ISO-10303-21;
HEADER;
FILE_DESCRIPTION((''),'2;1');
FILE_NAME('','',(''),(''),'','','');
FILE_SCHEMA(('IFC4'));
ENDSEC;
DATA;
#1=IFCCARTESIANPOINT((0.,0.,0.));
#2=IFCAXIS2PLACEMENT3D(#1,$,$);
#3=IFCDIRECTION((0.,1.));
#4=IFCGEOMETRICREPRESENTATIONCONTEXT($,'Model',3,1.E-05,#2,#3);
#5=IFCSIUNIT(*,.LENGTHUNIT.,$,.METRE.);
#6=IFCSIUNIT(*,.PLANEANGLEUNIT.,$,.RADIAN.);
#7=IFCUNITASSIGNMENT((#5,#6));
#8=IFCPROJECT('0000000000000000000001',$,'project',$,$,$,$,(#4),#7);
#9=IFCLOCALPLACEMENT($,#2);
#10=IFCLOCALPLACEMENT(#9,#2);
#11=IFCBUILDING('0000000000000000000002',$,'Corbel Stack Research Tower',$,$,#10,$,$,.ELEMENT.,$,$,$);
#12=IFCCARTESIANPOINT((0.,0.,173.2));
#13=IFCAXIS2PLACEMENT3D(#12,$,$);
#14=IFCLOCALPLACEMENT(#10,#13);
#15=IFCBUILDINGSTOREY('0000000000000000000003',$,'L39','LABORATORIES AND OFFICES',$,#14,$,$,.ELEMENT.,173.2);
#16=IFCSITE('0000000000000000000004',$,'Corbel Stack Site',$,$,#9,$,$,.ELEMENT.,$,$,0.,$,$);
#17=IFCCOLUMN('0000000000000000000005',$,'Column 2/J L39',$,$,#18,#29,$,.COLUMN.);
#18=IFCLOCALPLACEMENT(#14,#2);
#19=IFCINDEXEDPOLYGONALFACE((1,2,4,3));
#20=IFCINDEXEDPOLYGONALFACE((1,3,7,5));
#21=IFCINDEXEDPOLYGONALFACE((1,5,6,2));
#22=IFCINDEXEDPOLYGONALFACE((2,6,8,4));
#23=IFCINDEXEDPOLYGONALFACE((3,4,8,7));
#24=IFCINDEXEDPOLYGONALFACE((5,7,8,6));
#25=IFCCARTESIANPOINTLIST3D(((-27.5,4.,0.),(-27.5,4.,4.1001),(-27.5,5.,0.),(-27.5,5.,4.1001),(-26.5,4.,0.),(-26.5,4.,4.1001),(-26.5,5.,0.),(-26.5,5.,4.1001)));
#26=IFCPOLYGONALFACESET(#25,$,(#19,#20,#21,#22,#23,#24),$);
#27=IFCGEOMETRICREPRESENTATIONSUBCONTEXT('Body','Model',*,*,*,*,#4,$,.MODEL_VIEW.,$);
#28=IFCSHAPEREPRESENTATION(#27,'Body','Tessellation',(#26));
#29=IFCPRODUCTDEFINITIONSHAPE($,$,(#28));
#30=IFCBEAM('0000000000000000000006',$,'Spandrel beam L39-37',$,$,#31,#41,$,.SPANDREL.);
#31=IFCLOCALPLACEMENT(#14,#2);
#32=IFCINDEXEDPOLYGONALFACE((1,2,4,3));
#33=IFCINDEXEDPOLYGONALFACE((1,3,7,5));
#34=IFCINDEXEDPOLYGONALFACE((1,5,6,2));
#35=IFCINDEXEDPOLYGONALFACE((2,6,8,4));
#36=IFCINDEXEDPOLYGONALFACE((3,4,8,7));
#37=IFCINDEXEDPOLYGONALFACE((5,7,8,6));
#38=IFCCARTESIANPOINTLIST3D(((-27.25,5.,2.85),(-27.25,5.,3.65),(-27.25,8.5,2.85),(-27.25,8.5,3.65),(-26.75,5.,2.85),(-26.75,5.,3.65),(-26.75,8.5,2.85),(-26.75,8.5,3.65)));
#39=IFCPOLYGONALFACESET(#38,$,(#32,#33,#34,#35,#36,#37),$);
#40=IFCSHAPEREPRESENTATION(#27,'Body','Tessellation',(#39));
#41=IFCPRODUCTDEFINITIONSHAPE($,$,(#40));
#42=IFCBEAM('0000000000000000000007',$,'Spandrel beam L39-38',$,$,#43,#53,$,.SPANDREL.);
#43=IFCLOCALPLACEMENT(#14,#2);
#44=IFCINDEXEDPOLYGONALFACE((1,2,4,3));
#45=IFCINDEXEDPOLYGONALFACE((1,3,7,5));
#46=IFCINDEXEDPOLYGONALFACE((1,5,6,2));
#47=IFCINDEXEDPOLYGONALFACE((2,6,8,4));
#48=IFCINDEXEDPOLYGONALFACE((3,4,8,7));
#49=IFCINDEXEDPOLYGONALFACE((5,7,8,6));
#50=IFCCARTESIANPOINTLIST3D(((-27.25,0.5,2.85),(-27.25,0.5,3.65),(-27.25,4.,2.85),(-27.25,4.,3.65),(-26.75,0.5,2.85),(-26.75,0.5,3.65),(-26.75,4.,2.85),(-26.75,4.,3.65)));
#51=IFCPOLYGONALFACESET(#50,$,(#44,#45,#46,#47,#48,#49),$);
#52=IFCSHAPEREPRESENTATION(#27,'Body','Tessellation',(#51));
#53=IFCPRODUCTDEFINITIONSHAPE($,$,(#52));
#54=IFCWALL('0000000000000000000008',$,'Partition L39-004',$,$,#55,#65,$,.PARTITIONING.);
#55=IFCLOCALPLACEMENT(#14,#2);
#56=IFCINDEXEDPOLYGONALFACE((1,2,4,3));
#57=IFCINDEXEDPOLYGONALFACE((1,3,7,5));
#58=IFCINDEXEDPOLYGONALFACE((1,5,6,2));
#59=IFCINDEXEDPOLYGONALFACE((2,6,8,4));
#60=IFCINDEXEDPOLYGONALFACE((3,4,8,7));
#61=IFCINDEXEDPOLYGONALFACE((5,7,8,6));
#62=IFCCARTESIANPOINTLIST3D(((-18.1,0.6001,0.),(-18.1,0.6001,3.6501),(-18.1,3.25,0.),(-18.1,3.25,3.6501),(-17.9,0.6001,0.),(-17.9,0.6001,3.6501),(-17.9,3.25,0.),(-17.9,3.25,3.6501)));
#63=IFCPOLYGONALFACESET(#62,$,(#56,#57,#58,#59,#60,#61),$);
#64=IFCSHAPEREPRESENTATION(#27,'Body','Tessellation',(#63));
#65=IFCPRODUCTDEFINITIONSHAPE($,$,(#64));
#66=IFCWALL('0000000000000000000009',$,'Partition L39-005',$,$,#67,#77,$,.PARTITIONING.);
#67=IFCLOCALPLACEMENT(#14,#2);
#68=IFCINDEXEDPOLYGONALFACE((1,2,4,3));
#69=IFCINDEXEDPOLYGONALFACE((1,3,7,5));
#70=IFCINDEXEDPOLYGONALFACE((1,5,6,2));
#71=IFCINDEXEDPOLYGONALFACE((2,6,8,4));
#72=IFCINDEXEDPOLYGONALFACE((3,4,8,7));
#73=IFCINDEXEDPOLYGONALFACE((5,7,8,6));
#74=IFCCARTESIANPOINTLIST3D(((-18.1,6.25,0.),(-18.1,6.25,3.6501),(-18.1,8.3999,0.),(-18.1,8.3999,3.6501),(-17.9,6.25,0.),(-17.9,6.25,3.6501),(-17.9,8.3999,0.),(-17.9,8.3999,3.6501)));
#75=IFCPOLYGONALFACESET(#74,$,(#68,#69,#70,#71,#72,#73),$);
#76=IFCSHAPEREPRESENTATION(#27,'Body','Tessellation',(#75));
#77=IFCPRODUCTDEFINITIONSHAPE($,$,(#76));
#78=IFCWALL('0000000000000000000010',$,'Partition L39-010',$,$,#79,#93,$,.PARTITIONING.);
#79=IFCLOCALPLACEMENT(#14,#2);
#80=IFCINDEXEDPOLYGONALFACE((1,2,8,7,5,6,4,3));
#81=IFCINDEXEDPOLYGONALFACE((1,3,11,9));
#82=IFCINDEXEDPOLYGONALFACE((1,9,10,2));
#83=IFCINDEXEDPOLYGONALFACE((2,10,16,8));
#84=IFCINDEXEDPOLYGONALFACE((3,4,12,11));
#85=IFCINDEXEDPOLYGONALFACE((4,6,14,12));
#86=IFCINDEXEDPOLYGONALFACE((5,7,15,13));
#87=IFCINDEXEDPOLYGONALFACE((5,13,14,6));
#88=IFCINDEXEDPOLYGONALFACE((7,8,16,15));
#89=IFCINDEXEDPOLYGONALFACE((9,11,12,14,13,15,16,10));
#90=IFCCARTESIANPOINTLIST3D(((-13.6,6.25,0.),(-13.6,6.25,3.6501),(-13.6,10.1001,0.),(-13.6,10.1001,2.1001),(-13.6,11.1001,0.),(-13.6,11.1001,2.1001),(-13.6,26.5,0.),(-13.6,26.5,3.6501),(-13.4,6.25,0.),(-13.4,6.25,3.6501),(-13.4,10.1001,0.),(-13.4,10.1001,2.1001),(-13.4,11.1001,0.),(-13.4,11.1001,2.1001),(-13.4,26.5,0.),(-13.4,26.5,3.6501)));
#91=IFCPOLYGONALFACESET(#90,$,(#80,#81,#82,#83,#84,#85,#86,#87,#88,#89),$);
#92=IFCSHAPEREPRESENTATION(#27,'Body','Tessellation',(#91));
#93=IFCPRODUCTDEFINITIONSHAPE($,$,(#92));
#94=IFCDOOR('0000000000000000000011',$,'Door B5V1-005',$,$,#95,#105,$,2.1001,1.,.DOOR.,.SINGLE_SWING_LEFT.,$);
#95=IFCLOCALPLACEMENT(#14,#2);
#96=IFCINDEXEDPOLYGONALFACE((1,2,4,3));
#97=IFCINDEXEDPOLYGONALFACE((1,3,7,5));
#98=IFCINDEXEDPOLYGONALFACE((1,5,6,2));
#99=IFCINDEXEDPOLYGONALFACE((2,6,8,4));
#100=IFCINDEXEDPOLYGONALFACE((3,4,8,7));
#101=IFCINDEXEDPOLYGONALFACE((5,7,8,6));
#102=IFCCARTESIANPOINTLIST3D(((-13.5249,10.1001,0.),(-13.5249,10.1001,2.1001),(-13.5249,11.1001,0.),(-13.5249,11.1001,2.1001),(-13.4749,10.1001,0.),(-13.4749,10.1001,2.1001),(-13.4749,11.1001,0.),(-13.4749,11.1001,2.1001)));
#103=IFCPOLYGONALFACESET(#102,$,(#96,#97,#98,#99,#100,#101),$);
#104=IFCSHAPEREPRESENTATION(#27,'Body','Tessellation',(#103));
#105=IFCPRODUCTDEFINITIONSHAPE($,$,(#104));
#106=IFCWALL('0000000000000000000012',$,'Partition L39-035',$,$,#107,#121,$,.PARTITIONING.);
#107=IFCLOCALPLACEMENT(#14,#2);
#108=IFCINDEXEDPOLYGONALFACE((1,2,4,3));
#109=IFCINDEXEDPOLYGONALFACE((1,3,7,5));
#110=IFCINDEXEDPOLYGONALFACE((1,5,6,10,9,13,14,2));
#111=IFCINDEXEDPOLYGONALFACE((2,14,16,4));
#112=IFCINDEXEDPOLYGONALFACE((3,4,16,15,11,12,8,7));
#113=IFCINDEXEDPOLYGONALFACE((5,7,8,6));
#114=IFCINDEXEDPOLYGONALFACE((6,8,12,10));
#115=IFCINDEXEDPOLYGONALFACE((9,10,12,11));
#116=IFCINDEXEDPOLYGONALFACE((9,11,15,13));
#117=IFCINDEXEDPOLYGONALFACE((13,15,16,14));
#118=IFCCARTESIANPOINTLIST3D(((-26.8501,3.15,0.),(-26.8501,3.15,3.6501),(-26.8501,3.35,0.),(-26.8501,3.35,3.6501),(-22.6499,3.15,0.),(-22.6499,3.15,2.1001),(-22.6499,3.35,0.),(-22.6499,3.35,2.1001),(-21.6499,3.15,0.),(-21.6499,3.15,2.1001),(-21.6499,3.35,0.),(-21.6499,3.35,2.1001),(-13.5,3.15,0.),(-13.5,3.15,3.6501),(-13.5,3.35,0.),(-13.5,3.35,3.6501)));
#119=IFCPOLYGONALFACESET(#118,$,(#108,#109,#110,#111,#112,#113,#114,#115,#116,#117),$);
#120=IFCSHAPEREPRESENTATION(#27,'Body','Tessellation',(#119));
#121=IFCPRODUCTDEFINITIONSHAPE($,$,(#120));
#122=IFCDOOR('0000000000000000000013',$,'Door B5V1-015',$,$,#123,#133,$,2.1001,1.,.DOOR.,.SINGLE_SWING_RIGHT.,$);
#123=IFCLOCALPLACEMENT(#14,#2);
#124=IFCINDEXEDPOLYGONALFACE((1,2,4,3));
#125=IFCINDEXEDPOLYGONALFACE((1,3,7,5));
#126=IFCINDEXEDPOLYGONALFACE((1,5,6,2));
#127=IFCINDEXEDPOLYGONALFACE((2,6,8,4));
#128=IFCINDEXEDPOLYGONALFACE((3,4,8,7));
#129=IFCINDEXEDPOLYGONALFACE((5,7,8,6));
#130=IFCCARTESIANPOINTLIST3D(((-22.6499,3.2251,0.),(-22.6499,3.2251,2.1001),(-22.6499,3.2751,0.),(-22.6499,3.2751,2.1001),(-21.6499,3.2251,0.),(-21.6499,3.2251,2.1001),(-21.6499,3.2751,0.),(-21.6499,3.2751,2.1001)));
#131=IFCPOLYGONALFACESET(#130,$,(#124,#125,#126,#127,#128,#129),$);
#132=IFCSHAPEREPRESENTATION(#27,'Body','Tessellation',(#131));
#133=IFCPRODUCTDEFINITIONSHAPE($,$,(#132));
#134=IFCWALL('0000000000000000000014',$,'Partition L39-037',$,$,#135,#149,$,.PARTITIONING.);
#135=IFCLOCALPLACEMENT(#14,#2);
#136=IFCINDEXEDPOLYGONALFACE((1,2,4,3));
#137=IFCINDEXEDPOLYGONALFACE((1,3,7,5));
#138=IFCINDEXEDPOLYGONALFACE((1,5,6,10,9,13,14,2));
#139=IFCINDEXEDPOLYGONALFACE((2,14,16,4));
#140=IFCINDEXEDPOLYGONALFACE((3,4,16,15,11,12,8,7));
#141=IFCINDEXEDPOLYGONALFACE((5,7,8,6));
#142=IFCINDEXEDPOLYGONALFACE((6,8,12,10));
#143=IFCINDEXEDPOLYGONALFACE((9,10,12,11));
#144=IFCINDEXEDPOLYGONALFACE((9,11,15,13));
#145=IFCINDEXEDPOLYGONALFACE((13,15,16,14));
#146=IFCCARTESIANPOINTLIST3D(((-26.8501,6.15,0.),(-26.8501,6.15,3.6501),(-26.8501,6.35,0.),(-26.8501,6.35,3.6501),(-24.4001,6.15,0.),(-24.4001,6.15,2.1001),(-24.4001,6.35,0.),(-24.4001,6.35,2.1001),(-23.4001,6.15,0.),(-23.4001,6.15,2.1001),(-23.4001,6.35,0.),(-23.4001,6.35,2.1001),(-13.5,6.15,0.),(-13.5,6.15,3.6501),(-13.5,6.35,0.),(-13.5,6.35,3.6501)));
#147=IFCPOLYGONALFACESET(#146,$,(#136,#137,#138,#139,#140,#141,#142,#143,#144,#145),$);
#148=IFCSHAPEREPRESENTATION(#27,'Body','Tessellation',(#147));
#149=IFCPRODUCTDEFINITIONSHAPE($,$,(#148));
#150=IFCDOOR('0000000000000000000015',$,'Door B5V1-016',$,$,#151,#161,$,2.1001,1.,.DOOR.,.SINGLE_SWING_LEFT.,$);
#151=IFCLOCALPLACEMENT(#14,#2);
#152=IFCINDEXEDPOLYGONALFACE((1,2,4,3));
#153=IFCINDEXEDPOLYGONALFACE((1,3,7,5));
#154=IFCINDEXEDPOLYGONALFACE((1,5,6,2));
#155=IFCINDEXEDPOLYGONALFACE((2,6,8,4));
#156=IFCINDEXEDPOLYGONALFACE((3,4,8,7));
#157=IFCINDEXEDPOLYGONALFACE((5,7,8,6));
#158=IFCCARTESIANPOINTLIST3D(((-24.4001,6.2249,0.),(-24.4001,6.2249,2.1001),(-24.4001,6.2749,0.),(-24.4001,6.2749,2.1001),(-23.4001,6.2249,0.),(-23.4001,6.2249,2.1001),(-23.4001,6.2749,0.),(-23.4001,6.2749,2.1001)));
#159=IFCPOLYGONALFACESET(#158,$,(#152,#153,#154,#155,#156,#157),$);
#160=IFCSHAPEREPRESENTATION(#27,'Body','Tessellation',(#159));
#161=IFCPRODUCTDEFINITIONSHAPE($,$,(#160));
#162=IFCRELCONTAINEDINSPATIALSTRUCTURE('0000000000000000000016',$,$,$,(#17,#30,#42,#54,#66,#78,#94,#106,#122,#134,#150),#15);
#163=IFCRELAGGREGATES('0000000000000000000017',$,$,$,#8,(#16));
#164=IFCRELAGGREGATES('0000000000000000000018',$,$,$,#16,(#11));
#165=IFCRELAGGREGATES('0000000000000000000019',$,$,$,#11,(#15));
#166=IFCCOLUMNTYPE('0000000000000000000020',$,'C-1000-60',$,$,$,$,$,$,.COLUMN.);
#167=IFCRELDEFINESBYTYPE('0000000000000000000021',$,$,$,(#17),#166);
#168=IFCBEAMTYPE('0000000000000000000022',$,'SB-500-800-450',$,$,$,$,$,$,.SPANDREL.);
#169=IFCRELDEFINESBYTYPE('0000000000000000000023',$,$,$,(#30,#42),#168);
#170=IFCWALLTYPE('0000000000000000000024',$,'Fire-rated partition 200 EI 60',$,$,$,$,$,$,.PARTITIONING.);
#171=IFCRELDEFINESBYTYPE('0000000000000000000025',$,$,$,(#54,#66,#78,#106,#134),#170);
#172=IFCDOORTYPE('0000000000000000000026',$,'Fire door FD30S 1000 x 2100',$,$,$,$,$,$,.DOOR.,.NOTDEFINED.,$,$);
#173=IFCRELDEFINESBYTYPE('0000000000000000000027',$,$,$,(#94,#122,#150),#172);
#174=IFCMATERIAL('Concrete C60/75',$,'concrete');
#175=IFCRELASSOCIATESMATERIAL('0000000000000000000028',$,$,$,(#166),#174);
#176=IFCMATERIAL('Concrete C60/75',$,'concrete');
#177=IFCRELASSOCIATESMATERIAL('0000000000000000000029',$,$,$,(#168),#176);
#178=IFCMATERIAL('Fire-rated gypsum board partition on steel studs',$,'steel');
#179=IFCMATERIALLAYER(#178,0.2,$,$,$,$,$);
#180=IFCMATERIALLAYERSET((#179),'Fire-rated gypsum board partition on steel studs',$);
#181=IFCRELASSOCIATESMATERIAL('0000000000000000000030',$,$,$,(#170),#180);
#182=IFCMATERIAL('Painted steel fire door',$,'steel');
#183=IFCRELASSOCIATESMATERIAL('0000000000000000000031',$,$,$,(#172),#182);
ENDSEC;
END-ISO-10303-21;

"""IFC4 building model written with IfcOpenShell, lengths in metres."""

from ifc_helpers import new_model, si_unit, direction, frame, frame_2d, origin, origin_2d, place, context, subcontext, project, spatial, rectangle, extrude, material, layer, layer_set, material_profile, profile_set, type_object, element, fill, save


model = new_model("IFC4")

# Units and contexts
model_context = context("Model", 3, precision=1e-05, world=origin(), true_north=direction((0.0, 1.0)))
body_context = subcontext(model_context, "Body", "Model", "MODEL_VIEW")
ifc_project = project(units=[si_unit("LENGTHUNIT", "METRE"), si_unit("PLANEANGLEUNIT", "RADIAN")], contexts=[model_context])

# Site, building, storey
site_placement = place(None, origin())
site = spatial("IfcSite", under=ifc_project, at=site_placement, Name="Corbel Stack Site", CompositionType="ELEMENT", RefElevation=0.0)
building_placement = place(site_placement, origin())
building = spatial("IfcBuilding", under=site, at=building_placement, Name="Corbel Stack Research Tower", CompositionType="ELEMENT")
storey_placement = place(building_placement, frame((0.0, 0.0, 173.2)))
storey = spatial("IfcBuildingStorey", under=building, at=storey_placement, Name="L39", Description="LABORATORIES AND OFFICES", CompositionType="ELEMENT", Elevation=173.2)

# Column
ifc_material_1 = material(Name="Concrete C60/75", Category="concrete")
ifc_material_profile_1 = material_profile(ifc_material_1, rectangle(XDim=1.0, YDim=1.0, at=origin_2d()), Name="RC 1000 x 1000")
ifc_profile_set_1 = profile_set([ifc_material_profile_1], Name="Concrete C60/75")
column_type = type_object("IfcColumnType", Name="C-1000-60", PredefinedType="COLUMN", material=ifc_profile_set_1)
column_placement = place(storey_placement, frame((-27.0, 4.5, 0.0), z_axis=(0.0, 0.0, 1.0), x_axis=(1.0, 0.0, 0.0)))
element("IfcColumn", 1, at=column_placement, inside=storey, type_object=column_type, Name="Column 2/J L39", PredefinedType="COLUMN", context=body_context, shape_type="SweptSolid", body=[
    extrude(rectangle(XDim=1.0, YDim=1.0, at=origin_2d()), origin(), (0.0, 0.0, 1.0), 4.1001),
])

# Beams
ifc_material_2 = material(Name="Concrete C60/75", Category="concrete")
ifc_material_profile_2 = material_profile(ifc_material_2, rectangle(XDim=0.5, YDim=0.8, at=origin_2d()), Name="RC 500 x 800")
ifc_profile_set_2 = profile_set([ifc_material_profile_2], Name="Concrete C60/75")
beam_type = type_object("IfcBeamType", Name="SB-500-800-450", PredefinedType="SPANDREL", material=ifc_profile_set_2)
for number, where, z_axis, x_axis, name in (
    (2, (-27.0, 8.5, 3.25), (0.0, -1.0, 0.0), (1.0, 0.0, 0.0), "Spandrel beam L39-37"),
    (3, (-27.0, 4.0, 3.25), (0.0, -1.0, 0.0), (1.0, 0.0, 0.0), "Spandrel beam L39-38"),
):
    element("IfcBeam", number, at=place(storey_placement, frame(where, z_axis=z_axis, x_axis=x_axis)), inside=storey, type_object=beam_type, Name=name, PredefinedType="SPANDREL", context=body_context, shape_type="SweptSolid", body=[
        extrude(rectangle(XDim=0.5, YDim=0.8, at=origin_2d()), origin(), (0.0, 0.0, 1.0), 3.5),
    ])

# Walls
ifc_material_3 = material(Name="Fire-rated gypsum board partition on steel studs", Category="steel")
ifc_layer_1 = layer(ifc_material_3, 0.2)
ifc_layer_set_1 = layer_set([ifc_layer_1], Name="Fire-rated gypsum board partition on steel studs")
wall_type_1 = type_object("IfcWallType", Name="Fire-rated partition 200 EI 60", PredefinedType="PARTITIONING", material=ifc_layer_set_1)
wall_1_placement = place(storey_placement, frame((-18.0, 0.6001, 0.0), z_axis=(0.0, 0.0, 1.0), x_axis=(0.0, 1.0, 0.0)))
element("IfcWall", 4, at=wall_1_placement, inside=storey, type_object=wall_type_1, Name="Partition L39-004", PredefinedType="PARTITIONING", context=body_context, shape_type="SweptSolid", body=[
    extrude(rectangle(XDim=2.6499, YDim=0.2, at=frame_2d((1.325, 0.0))), origin(), (0.0, 0.0, 1.0), 3.6501),
])
wall_2_placement = place(storey_placement, frame((-18.0, 6.25, 0.0), z_axis=(0.0, 0.0, 1.0), x_axis=(0.0, 1.0, 0.0)))
element("IfcWall", 5, at=wall_2_placement, inside=storey, type_object=wall_type_1, Name="Partition L39-005", PredefinedType="PARTITIONING", context=body_context, shape_type="SweptSolid", body=[
    extrude(rectangle(XDim=2.1499, YDim=0.2, at=frame_2d((1.075, 0.0))), origin(), (0.0, 0.0, 1.0), 3.6501),
])

# Walls, openings, doors
wall_3_placement = place(storey_placement, frame((-13.5, 6.25, 0.0), z_axis=(0.0, 0.0, 1.0), x_axis=(0.0, 1.0, 0.0)))
wall_3 = element("IfcWall", 6, at=wall_3_placement, inside=storey, type_object=wall_type_1, Name="Partition L39-010", PredefinedType="PARTITIONING", context=body_context, shape_type="SweptSolid", body=[
    extrude(rectangle(XDim=20.25, YDim=0.2, at=frame_2d((10.125, 0.0))), origin(), (0.0, 0.0, 1.0), 3.6501),
])
opening_1_placement = place(wall_3_placement, frame((3.8501, 0.0, 0.0)))
opening_1 = element("IfcOpeningElement", 7, at=opening_1_placement, cuts=wall_3, PredefinedType="OPENING", context=body_context, shape_type="SweptSolid", body=[
    extrude(rectangle(XDim=1.0, YDim=2.1001, at=frame_2d((0.5, 1.05))), frame((0.0, 0.1099, 0.0), z_axis=(0.0, -1.0, 0.0), x_axis=(1.0, 0.0, 0.0)), (0.0, 0.0, 1.0), 0.22),
])
ifc_material_4 = material(Name="Painted steel fire door", Category="steel")
door_type = type_object("IfcDoorType", Name="Fire door FD30S 1000 x 2100", OperationType="NOTDEFINED", PredefinedType="DOOR", material=ifc_material_4)
door_1_placement = place(opening_1_placement, origin())
door_1 = element("IfcDoor", 8, at=door_1_placement, inside=storey, type_object=door_type, Name="Door B5V1-005", OperationType="SINGLE_SWING_LEFT", OverallHeight=2.1001, OverallWidth=1.0, PredefinedType="DOOR", context=body_context, shape_type="SweptSolid", body=[
    extrude(rectangle(XDim=1.0, YDim=2.1001, at=frame_2d((0.5, 1.05))), frame((0.0, 0.0249, 0.0), z_axis=(0.0, -1.0, 0.0), x_axis=(1.0, 0.0, 0.0)), (0.0, 0.0, 1.0), 0.05),
])
fill(opening_1, door_1)
wall_4_placement = place(storey_placement, frame((-13.5, 3.25, 0.0), z_axis=(0.0, 0.0, 1.0), x_axis=(-1.0, 0.0, 0.0)))
wall_4 = element("IfcWall", 9, at=wall_4_placement, inside=storey, type_object=wall_type_1, Name="Partition L39-035", PredefinedType="PARTITIONING", context=body_context, shape_type="SweptSolid", body=[
    extrude(rectangle(XDim=13.3501, YDim=0.2, at=frame_2d((6.675, 0.0))), origin(), (0.0, 0.0, 1.0), 3.6501),
])
opening_2_placement = place(wall_4_placement, frame((8.1499, 0.0, 0.0)))
opening_2 = element("IfcOpeningElement", 10, at=opening_2_placement, cuts=wall_4, PredefinedType="OPENING", context=body_context, shape_type="SweptSolid", body=[
    extrude(rectangle(XDim=1.0, YDim=2.1001, at=frame_2d((0.5, 1.05))), frame((0.0, 0.1099, 0.0), z_axis=(0.0, -1.0, 0.0), x_axis=(1.0, 0.0, 0.0)), (0.0, 0.0, 1.0), 0.22),
])
door_2_placement = place(opening_2_placement, origin())
door_2 = element("IfcDoor", 11, at=door_2_placement, inside=storey, type_object=door_type, Name="Door B5V1-015", OperationType="SINGLE_SWING_RIGHT", OverallHeight=2.1001, OverallWidth=1.0, PredefinedType="DOOR", context=body_context, shape_type="SweptSolid", body=[
    extrude(rectangle(XDim=1.0, YDim=2.1001, at=frame_2d((0.5, 1.05))), frame((0.0, 0.0249, 0.0), z_axis=(0.0, -1.0, 0.0), x_axis=(1.0, 0.0, 0.0)), (0.0, 0.0, 1.0), 0.05),
])
fill(opening_2, door_2)
wall_5_placement = place(storey_placement, frame((-26.8501, 6.25, 0.0), z_axis=(0.0, 0.0, 1.0), x_axis=(1.0, 0.0, 0.0)))
wall_5 = element("IfcWall", 12, at=wall_5_placement, inside=storey, type_object=wall_type_1, Name="Partition L39-037", PredefinedType="PARTITIONING", context=body_context, shape_type="SweptSolid", body=[
    extrude(rectangle(XDim=13.3501, YDim=0.2, at=frame_2d((6.675, 0.0))), origin(), (0.0, 0.0, 1.0), 3.6501),
])
opening_3_placement = place(wall_5_placement, frame((2.45, 0.0, 0.0)))
opening_3 = element("IfcOpeningElement", 13, at=opening_3_placement, cuts=wall_5, PredefinedType="OPENING", context=body_context, shape_type="SweptSolid", body=[
    extrude(rectangle(XDim=1.0, YDim=2.1001, at=frame_2d((0.5, 1.05))), frame((0.0, 0.1099, 0.0), z_axis=(0.0, -1.0, 0.0), x_axis=(1.0, 0.0, 0.0)), (0.0, 0.0, 1.0), 0.22),
])
door_3_placement = place(opening_3_placement, origin())
door_3 = element("IfcDoor", 14, at=door_3_placement, inside=storey, type_object=door_type, Name="Door B5V1-016", OperationType="SINGLE_SWING_LEFT", OverallHeight=2.1001, OverallWidth=1.0, PredefinedType="DOOR", context=body_context, shape_type="SweptSolid", body=[
    extrude(rectangle(XDim=1.0, YDim=2.1001, at=frame_2d((0.5, 1.05))), frame((0.0, 0.0249, 0.0), z_axis=(0.0, -1.0, 0.0), x_axis=(1.0, 0.0, 0.0)), (0.0, 0.0, 1.0), 0.05),
])
fill(opening_3, door_3)

save(model, "model.ifc")
